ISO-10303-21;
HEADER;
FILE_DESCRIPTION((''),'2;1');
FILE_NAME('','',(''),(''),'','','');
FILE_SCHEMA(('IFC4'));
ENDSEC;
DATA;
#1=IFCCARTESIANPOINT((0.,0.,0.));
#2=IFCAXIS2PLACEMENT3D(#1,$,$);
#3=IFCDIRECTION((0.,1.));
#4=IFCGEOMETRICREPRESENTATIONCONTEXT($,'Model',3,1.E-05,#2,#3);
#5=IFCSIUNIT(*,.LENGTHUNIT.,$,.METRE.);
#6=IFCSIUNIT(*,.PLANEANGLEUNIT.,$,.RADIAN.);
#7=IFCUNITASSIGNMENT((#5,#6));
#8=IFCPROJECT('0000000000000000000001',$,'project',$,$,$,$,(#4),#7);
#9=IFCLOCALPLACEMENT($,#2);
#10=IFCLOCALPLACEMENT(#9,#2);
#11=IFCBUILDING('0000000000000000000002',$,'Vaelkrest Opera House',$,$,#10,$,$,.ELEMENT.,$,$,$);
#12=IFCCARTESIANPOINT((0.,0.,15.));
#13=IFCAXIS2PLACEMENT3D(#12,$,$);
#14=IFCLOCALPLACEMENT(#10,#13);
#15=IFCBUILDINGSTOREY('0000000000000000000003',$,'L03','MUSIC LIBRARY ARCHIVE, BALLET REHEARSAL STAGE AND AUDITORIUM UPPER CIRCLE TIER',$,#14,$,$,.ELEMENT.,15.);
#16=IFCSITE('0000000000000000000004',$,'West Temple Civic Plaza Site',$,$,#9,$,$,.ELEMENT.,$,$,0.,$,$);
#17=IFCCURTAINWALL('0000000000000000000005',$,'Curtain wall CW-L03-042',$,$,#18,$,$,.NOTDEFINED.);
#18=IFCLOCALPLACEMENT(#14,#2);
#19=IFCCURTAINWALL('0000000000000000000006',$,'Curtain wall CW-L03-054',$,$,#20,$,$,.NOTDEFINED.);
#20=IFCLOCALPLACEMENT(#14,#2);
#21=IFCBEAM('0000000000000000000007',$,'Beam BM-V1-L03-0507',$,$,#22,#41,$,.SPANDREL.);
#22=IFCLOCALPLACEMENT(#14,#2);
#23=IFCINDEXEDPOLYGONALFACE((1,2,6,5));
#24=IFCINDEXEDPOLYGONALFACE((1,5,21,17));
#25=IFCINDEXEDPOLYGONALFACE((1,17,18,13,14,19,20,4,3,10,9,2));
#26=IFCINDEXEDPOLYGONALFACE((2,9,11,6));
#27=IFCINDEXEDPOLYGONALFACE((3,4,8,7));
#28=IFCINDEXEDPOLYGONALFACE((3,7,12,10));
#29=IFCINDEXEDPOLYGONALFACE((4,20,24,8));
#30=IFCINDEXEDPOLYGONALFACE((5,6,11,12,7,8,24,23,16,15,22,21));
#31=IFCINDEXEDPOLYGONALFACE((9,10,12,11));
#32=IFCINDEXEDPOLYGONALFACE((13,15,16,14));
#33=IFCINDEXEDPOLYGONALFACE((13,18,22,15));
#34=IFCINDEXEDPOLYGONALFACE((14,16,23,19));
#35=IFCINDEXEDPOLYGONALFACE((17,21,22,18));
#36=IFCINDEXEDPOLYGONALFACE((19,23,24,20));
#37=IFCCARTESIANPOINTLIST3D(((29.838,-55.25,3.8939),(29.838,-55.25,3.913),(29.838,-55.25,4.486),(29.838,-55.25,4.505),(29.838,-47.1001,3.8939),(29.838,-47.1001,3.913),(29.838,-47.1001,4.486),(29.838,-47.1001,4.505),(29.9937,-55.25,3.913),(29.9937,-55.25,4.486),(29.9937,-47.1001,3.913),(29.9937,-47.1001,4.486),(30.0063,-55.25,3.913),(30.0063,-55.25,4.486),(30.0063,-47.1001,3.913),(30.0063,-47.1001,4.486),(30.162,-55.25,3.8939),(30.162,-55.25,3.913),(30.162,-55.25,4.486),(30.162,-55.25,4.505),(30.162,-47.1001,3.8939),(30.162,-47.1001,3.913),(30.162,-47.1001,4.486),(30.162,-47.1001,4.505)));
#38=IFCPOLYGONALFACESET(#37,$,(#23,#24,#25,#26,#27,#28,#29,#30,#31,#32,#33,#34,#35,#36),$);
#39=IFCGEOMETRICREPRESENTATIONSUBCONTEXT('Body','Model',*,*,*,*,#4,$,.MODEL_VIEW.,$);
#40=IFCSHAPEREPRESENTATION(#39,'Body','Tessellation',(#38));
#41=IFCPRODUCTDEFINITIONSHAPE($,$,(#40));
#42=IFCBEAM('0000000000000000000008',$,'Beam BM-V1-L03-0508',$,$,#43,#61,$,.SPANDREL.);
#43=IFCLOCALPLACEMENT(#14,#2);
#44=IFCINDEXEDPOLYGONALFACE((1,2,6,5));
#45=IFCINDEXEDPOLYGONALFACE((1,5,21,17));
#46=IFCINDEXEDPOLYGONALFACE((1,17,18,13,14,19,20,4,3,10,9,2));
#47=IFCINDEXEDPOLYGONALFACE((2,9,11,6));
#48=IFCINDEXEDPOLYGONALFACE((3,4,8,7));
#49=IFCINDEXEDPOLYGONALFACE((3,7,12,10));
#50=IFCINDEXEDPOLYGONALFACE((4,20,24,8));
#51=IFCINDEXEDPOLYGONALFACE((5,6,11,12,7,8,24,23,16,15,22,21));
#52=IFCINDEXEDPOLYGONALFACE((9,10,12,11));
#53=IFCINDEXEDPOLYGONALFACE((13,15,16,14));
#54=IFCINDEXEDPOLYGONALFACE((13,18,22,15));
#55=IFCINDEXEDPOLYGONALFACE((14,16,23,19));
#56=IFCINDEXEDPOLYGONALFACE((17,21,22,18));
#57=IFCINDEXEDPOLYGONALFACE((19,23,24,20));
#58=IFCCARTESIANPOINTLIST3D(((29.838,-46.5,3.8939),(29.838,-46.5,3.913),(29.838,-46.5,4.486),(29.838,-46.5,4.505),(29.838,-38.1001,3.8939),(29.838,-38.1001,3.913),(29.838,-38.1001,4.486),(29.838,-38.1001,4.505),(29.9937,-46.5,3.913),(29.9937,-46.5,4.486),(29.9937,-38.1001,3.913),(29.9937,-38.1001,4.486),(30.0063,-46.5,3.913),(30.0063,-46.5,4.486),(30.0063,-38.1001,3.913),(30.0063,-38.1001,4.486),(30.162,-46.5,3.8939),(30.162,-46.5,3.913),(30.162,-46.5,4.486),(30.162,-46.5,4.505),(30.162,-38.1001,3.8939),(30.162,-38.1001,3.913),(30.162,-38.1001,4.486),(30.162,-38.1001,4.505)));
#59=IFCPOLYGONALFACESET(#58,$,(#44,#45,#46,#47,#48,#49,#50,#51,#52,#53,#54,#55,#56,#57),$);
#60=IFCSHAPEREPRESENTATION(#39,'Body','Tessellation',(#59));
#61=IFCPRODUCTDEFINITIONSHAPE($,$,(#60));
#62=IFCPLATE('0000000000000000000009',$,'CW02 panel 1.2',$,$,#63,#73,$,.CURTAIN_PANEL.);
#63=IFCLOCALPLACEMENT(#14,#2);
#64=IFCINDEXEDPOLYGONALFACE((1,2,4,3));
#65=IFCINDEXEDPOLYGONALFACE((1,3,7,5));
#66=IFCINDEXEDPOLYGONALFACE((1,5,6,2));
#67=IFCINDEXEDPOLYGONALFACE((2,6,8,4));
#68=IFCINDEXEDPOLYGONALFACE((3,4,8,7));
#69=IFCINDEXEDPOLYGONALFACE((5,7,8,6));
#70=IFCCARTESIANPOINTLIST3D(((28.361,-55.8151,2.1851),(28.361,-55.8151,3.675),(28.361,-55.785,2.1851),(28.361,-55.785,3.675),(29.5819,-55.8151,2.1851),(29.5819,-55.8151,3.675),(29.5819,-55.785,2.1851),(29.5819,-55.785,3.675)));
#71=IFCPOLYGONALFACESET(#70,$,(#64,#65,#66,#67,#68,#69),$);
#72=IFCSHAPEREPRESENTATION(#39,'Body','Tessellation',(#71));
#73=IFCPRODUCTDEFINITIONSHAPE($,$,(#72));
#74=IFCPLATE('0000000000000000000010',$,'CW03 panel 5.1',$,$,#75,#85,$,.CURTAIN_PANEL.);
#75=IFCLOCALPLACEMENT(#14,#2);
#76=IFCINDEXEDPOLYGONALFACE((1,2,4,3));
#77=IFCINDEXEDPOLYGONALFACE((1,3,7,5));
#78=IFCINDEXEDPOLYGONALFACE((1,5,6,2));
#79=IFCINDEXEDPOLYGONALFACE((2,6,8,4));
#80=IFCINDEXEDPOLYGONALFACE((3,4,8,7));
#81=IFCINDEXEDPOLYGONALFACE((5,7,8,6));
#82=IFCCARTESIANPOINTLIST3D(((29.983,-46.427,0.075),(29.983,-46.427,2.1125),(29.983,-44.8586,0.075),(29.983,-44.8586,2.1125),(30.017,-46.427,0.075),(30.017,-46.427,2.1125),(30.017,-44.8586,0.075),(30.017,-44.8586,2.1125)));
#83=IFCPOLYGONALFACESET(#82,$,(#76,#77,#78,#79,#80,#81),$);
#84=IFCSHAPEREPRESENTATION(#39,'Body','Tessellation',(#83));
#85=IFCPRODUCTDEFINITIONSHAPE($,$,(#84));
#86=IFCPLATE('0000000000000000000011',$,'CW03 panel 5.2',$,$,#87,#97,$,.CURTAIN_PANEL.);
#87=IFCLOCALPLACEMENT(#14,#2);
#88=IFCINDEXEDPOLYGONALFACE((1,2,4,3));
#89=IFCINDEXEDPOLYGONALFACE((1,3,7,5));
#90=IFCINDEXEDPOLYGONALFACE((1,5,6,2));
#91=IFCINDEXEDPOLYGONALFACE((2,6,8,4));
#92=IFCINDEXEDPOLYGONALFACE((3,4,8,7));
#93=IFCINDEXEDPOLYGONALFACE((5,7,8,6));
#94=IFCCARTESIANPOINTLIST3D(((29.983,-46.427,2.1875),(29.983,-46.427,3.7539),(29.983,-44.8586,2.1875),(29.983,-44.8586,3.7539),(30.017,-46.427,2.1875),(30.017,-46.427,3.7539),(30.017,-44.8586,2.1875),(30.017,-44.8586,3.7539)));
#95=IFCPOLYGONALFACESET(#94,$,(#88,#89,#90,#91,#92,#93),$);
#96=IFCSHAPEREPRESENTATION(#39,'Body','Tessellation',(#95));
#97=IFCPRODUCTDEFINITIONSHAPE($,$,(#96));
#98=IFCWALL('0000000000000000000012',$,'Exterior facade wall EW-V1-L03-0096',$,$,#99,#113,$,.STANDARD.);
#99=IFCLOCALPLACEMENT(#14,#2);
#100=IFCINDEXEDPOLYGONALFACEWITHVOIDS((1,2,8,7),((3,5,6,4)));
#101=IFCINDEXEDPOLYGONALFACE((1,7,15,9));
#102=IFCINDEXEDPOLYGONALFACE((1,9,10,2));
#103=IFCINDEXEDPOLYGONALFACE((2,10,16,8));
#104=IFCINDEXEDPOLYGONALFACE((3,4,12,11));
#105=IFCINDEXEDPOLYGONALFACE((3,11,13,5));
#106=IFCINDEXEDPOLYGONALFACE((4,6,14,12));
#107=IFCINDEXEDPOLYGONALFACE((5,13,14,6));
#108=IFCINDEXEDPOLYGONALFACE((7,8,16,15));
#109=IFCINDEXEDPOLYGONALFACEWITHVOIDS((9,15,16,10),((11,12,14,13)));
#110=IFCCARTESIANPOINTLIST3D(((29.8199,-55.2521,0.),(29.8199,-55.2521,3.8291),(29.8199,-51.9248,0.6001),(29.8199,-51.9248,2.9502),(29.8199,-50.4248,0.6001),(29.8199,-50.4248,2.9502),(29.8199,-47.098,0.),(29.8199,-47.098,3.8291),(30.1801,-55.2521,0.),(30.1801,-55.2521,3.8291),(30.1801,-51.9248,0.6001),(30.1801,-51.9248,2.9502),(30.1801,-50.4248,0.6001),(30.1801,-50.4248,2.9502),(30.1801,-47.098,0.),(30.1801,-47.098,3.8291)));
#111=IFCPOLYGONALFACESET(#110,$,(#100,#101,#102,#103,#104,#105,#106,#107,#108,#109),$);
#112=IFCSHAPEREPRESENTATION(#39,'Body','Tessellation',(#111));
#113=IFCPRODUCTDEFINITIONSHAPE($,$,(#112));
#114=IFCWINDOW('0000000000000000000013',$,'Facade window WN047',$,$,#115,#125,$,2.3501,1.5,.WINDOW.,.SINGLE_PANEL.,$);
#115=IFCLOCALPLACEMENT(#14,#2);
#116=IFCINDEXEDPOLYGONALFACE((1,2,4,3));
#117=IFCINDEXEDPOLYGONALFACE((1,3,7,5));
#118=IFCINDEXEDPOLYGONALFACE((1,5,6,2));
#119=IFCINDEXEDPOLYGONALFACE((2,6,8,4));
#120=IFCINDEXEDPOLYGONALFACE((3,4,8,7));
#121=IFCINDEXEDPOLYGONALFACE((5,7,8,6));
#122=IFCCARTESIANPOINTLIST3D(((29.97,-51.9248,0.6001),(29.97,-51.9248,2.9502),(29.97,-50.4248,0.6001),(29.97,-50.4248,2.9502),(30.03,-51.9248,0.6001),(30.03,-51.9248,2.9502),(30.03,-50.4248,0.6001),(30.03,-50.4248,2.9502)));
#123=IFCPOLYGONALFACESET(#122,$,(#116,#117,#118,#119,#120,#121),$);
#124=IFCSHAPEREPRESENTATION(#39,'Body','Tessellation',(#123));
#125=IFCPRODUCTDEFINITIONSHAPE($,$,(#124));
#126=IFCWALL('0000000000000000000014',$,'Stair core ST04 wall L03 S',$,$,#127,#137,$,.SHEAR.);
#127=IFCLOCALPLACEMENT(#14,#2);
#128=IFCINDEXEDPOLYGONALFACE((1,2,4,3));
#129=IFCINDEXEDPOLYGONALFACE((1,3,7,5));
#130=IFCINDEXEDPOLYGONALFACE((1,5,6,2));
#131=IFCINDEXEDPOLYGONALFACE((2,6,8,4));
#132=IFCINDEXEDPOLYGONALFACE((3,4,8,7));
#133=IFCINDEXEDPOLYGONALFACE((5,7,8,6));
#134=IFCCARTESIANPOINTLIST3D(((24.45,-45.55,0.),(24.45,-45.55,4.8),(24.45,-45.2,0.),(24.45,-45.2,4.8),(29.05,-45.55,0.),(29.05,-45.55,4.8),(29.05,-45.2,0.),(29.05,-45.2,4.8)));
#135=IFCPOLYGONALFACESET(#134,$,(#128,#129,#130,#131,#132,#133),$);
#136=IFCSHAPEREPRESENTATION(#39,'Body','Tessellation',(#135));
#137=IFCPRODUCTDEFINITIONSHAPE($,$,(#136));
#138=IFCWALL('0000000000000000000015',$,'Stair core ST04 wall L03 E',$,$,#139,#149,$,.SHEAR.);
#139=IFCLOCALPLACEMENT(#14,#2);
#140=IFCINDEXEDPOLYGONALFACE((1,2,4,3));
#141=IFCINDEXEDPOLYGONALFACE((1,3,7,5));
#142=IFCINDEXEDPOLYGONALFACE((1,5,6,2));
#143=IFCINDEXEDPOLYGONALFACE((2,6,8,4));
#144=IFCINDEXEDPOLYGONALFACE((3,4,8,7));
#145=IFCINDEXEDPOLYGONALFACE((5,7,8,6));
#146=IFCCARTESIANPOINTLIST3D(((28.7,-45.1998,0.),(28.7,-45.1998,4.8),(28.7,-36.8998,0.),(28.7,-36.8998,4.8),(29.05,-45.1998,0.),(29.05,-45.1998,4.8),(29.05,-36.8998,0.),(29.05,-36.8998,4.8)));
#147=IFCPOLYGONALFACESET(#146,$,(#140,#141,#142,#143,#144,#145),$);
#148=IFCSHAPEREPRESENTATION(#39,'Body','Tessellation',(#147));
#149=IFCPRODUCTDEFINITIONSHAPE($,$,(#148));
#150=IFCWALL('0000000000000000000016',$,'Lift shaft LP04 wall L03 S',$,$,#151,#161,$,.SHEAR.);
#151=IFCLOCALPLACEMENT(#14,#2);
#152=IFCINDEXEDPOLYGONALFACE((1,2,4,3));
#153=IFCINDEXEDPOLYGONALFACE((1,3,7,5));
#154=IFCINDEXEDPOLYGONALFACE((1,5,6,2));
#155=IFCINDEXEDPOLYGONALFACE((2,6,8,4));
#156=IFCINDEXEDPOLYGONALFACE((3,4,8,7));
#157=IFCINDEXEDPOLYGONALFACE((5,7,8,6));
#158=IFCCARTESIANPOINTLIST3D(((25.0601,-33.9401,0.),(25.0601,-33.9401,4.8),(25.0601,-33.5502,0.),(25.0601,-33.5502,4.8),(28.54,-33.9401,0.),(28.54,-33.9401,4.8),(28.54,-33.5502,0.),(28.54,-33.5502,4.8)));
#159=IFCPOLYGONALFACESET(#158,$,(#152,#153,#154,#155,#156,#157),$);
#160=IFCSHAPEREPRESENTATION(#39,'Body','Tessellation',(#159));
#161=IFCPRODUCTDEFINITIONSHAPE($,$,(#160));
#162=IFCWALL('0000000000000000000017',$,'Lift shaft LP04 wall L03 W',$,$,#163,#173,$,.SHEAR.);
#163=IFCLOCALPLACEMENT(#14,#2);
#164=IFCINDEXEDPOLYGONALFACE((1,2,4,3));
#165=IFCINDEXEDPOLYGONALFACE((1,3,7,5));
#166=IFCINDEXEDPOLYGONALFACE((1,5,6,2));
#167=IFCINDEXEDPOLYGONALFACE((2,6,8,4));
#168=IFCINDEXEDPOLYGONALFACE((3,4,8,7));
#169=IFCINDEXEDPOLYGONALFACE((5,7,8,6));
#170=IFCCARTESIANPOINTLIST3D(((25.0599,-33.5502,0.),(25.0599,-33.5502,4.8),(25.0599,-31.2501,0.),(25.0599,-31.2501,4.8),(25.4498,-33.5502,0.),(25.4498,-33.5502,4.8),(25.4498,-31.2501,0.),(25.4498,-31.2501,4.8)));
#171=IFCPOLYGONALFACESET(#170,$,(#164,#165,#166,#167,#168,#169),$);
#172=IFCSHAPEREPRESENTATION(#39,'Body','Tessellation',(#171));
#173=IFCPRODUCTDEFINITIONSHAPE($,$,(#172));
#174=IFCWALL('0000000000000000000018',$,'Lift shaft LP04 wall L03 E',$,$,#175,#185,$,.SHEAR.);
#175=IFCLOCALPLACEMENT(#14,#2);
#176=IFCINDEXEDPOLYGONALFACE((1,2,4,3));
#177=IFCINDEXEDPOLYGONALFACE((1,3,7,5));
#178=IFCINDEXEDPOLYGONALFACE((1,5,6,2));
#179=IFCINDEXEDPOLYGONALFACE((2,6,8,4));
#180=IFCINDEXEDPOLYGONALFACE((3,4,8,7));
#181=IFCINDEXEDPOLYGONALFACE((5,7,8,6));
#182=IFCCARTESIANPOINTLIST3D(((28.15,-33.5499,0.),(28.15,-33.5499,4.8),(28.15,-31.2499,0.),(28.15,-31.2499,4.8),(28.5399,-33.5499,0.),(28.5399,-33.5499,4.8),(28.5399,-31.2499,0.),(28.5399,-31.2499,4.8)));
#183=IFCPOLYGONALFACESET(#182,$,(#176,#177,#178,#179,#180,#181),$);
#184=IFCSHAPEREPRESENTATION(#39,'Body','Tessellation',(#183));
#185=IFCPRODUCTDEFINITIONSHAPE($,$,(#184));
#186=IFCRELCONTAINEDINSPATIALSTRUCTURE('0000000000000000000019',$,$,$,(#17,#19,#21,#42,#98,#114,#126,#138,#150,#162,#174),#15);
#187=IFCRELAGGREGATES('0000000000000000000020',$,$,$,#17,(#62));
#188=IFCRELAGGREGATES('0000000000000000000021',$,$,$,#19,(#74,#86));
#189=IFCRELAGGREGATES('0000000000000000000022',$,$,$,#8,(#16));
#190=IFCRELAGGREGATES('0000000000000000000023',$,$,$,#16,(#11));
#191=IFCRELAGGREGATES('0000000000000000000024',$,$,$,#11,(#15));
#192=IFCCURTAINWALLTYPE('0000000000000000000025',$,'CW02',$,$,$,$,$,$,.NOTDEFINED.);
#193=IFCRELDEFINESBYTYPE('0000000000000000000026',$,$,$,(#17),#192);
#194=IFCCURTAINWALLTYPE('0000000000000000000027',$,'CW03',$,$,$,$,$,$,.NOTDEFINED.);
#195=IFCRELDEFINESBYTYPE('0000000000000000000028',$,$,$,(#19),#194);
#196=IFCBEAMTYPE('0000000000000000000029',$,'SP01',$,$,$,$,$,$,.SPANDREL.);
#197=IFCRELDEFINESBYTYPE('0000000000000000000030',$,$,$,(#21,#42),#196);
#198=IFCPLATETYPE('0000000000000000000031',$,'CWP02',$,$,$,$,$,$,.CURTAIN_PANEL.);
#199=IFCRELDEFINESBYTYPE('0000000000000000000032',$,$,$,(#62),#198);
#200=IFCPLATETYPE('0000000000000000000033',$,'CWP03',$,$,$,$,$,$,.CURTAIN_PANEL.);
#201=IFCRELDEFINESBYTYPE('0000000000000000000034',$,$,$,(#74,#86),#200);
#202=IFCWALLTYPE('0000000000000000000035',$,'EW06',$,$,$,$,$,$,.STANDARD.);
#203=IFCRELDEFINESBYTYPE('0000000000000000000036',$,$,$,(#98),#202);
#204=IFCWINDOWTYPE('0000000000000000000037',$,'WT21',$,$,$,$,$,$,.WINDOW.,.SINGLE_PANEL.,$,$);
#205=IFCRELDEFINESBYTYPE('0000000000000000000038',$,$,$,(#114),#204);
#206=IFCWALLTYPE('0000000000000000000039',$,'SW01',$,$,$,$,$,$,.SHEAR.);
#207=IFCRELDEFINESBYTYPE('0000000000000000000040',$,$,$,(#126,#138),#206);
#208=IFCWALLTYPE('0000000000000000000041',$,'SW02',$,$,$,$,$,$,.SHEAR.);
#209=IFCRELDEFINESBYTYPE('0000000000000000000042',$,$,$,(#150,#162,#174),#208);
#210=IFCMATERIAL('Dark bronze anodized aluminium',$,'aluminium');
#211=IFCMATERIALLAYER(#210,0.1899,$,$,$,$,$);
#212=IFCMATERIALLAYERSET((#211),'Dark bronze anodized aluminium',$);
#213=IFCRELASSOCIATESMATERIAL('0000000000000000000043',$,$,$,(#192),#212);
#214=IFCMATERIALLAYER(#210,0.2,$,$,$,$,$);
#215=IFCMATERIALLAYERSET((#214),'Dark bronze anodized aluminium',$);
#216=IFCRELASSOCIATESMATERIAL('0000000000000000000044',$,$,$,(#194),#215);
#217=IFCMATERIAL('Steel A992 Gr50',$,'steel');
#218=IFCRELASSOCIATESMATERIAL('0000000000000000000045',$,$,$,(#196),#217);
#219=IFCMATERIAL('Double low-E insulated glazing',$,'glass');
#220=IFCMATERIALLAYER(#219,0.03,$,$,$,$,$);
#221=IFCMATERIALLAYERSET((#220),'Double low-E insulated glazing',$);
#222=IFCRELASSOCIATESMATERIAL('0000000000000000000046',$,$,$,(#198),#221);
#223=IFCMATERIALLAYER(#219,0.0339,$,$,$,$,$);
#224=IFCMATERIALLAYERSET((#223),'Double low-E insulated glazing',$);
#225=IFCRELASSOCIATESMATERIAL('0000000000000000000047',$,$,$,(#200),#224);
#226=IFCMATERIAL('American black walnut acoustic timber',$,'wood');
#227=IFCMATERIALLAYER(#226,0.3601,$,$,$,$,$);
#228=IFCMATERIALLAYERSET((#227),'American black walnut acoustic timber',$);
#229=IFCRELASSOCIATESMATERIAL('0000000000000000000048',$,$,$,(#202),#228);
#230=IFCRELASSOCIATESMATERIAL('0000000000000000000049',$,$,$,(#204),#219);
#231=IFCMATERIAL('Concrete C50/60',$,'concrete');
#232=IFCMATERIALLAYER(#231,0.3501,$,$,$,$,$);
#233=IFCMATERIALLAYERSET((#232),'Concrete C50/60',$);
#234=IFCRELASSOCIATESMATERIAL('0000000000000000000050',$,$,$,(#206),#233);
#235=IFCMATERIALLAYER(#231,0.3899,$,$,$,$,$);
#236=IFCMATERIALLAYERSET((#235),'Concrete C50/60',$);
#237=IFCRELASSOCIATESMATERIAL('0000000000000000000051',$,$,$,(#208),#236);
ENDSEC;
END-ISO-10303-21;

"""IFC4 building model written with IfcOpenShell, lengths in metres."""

from ifc_helpers import new_model, si_unit, direction, frame, frame_2d, origin, origin_2d, place, context, subcontext, project, spatial, rectangle, i_section, extrude, material, layer, layer_set, material_profile, profile_set, type_object, element, fill, aggregate, save


model = new_model("IFC4")

# Units and contexts
model_context = context("Model", 3, precision=1e-05, world=origin(), true_north=direction((0.0, 1.0)))
body_context = subcontext(model_context, "Body", "Model", "MODEL_VIEW")
ifc_project = project(units=[si_unit("LENGTHUNIT", "METRE"), si_unit("PLANEANGLEUNIT", "RADIAN")], contexts=[model_context])

# Site, building, storey
site_placement = place(None, origin())
site = spatial("IfcSite", under=ifc_project, at=site_placement, Name="West Temple Civic Plaza Site", CompositionType="ELEMENT", RefElevation=0.0)
building_placement = place(site_placement, origin())
building = spatial("IfcBuilding", under=site, at=building_placement, Name="Vaelkrest Opera House", CompositionType="ELEMENT")
storey_placement = place(building_placement, frame((0.0, 0.0, 15.0)))
storey = spatial("IfcBuildingStorey", under=building, at=storey_placement, Name="L03", Description="MUSIC LIBRARY ARCHIVE, BALLET REHEARSAL STAGE AND AUDITORIUM UPPER CIRCLE TIER", CompositionType="ELEMENT", Elevation=15.0)

# Shared definitions
ifc_material_1 = material(Name="Concrete C50/60", Category="concrete")

# Curtain walls
ifc_material_2 = material(Name="Dark bronze anodized aluminium", Category="aluminium")
ifc_layer_1 = layer(ifc_material_2, 0.1899)
ifc_layer_set_1 = layer_set([ifc_layer_1], Name="Dark bronze anodized aluminium")
curtain_wall_type_1 = type_object("IfcCurtainWallType", Name="CW02", PredefinedType="NOTDEFINED", material=ifc_layer_set_1)
curtain_wall_1_placement = place(storey_placement, origin())
curtain_wall_1 = element("IfcCurtainWall", 1, at=curtain_wall_1_placement, inside=storey, type_object=curtain_wall_type_1, Name="Curtain wall CW-L03-042", PredefinedType="NOTDEFINED")
ifc_layer_2 = layer(ifc_material_2, 0.2)
ifc_layer_set_2 = layer_set([ifc_layer_2], Name="Dark bronze anodized aluminium")
curtain_wall_type_2 = type_object("IfcCurtainWallType", Name="CW03", PredefinedType="NOTDEFINED", material=ifc_layer_set_2)
curtain_wall_2_placement = place(storey_placement, origin())
curtain_wall_2 = element("IfcCurtainWall", 2, at=curtain_wall_2_placement, inside=storey, type_object=curtain_wall_type_2, Name="Curtain wall CW-L03-054", PredefinedType="NOTDEFINED")

# Beams
ifc_material_3 = material(Name="Steel A992 Gr50", Category="steel")
ifc_material_profile_1 = material_profile(ifc_material_3, i_section(OverallWidth=0.324, OverallDepth=0.6111, WebThickness=0.0127, FlangeThickness=0.019, at=origin_2d()), Name="W24X104")
ifc_profile_set_1 = profile_set([ifc_material_profile_1], Name="Steel A992 Gr50")
beam_type = type_object("IfcBeamType", Name="SP01", PredefinedType="SPANDREL", material=ifc_profile_set_1)
beam_1_placement = place(storey_placement, frame((30.0, -55.25, 4.1995), z_axis=(0.0, 1.0, 0.0), x_axis=(-1.0, 0.0, 0.0)))
element("IfcBeam", 3, at=beam_1_placement, inside=storey, type_object=beam_type, Name="Beam BM-V1-L03-0507", PredefinedType="SPANDREL", context=body_context, shape_type="SweptSolid", body=[
    extrude(i_section(OverallWidth=0.324, OverallDepth=0.6111, WebThickness=0.0127, FlangeThickness=0.019, at=origin_2d()), origin(), (0.0, 0.0, 1.0), 8.1499),
])
beam_2_placement = place(storey_placement, frame((30.0, -46.5, 4.1995), z_axis=(0.0, 1.0, 0.0), x_axis=(-1.0, 0.0, 0.0)))
element("IfcBeam", 4, at=beam_2_placement, inside=storey, type_object=beam_type, Name="Beam BM-V1-L03-0508", PredefinedType="SPANDREL", context=body_context, shape_type="SweptSolid", body=[
    extrude(i_section(OverallWidth=0.324, OverallDepth=0.6111, WebThickness=0.0127, FlangeThickness=0.019, at=origin_2d()), origin(), (0.0, 0.0, 1.0), 8.3999),
])

# Plates
ifc_material_4 = material(Name="Double low-E insulated glazing", Category="glass")
ifc_layer_3 = layer(ifc_material_4, 0.03)
ifc_layer_set_3 = layer_set([ifc_layer_3], Name="Double low-E insulated glazing")
plate_type_1 = type_object("IfcPlateType", Name="CWP02", PredefinedType="CURTAIN_PANEL", material=ifc_layer_set_3)
plate_1_placement = place(storey_placement, frame((28.9714, -55.8, 2.1851), z_axis=(0.0, 0.0, 1.0), x_axis=(-1.0, 0.0, 0.0)))
plate_1 = element("IfcPlate", 5, at=plate_1_placement, type_object=plate_type_1, Name="CW02 panel 1.2", PredefinedType="CURTAIN_PANEL", context=body_context, shape_type="SweptSolid", body=[
    extrude(rectangle(XDim=1.2209, YDim=0.03, at=origin_2d()), origin(), (0.0, 0.0, 1.0), 1.49),
])
aggregate(curtain_wall_1, [plate_1])
ifc_layer_4 = layer(ifc_material_4, 0.0339)
ifc_layer_set_4 = layer_set([ifc_layer_4], Name="Double low-E insulated glazing")
plate_type_2 = type_object("IfcPlateType", Name="CWP03", PredefinedType="CURTAIN_PANEL", material=ifc_layer_set_4)
plate_2_placement = place(storey_placement, frame((30.0, -45.6428, 0.075), z_axis=(0.0, 0.0, 1.0), x_axis=(0.0, -1.0, 0.0)))
plate_2 = element("IfcPlate", 6, at=plate_2_placement, type_object=plate_type_2, Name="CW03 panel 5.1", PredefinedType="CURTAIN_PANEL", context=body_context, shape_type="SweptSolid", body=[
    extrude(rectangle(XDim=1.5684, YDim=0.0339, at=origin_2d()), origin(), (0.0, 0.0, 1.0), 2.0376),
])
plate_3_placement = place(storey_placement, frame((30.0, -45.6428, 2.1875), z_axis=(0.0, 0.0, 1.0), x_axis=(0.0, -1.0, 0.0)))
plate_3 = element("IfcPlate", 7, at=plate_3_placement, type_object=plate_type_2, Name="CW03 panel 5.2", PredefinedType="CURTAIN_PANEL", context=body_context, shape_type="SweptSolid", body=[
    extrude(rectangle(XDim=1.5684, YDim=0.0339, at=origin_2d()), origin(), (0.0, 0.0, 1.0), 1.5664),
])
aggregate(curtain_wall_2, [plate_2, plate_3])

# Wall, opening, window
ifc_material_5 = material(Name="American black walnut acoustic timber", Category="wood")
ifc_layer_5 = layer(ifc_material_5, 0.3601)
ifc_layer_set_5 = layer_set([ifc_layer_5], Name="American black walnut acoustic timber")
wall_type_1 = type_object("IfcWallType", Name="EW06", PredefinedType="STANDARD", material=ifc_layer_set_5)
wall_1_placement = place(storey_placement, frame((30.0, -47.0979, 0.0), z_axis=(0.0, 0.0, 1.0), x_axis=(0.0, -1.0, 0.0)))
wall_1 = element("IfcWall", 8, at=wall_1_placement, inside=storey, type_object=wall_type_1, Name="Exterior facade wall EW-V1-L03-0096", PredefinedType="STANDARD", context=body_context, shape_type="SweptSolid", body=[
    extrude(rectangle(XDim=8.1541, YDim=0.3601, at=frame_2d((4.0771, 0.0))), origin(), (0.0, 0.0, 1.0), 3.8291),
])
opening_1_placement = place(wall_1_placement, frame((3.3269, 0.0, 0.6001)))
opening_1 = element("IfcOpeningElement", 9, at=opening_1_placement, cuts=wall_1, PredefinedType="OPENING", context=body_context, shape_type="SweptSolid", body=[
    extrude(rectangle(XDim=1.5, YDim=2.3501, at=frame_2d((0.75, 1.175))), frame((0.0, 0.1899, 0.0), z_axis=(0.0, -1.0, 0.0), x_axis=(1.0, 0.0, 0.0)), (0.0, 0.0, 1.0), 0.3801),
])
window_type = type_object("IfcWindowType", Name="WT21", PartitioningType="SINGLE_PANEL", PredefinedType="WINDOW", material=ifc_material_4)
window_placement = place(opening_1_placement, origin())
window = element("IfcWindow", 10, at=window_placement, inside=storey, type_object=window_type, Name="Facade window WN047", OverallHeight=2.3501, OverallWidth=1.5, PartitioningType="SINGLE_PANEL", PredefinedType="WINDOW", context=body_context, shape_type="SweptSolid", body=[
    extrude(rectangle(XDim=1.5, YDim=2.3501, at=frame_2d((0.75, 1.175))), frame((0.0, 0.03, 0.0), z_axis=(0.0, -1.0, 0.0), x_axis=(1.0, 0.0, 0.0)), (0.0, 0.0, 1.0), 0.0601),
])
fill(opening_1, window)

# Walls
ifc_layer_6 = layer(ifc_material_1, 0.3501)
ifc_layer_set_6 = layer_set([ifc_layer_6], Name="Concrete C50/60")
wall_type_2 = type_object("IfcWallType", Name="SW01", PredefinedType="SHEAR", material=ifc_layer_set_6)
wall_2_placement = place(storey_placement, frame((29.05, -45.375, 0.0), z_axis=(0.0, 0.0, 1.0), x_axis=(-1.0, 0.0, 0.0)))
element("IfcWall", 11, at=wall_2_placement, inside=storey, type_object=wall_type_2, Name="Stair core ST04 wall L03 S", PredefinedType="SHEAR", context=body_context, shape_type="SweptSolid", body=[
    extrude(rectangle(XDim=4.6001, YDim=0.3501, at=frame_2d((2.3, 0.0))), origin(), (0.0, 0.0, 1.0), 4.8),
])
wall_3_placement = place(storey_placement, frame((28.875, -36.8999, 0.0), z_axis=(0.0, 0.0, 1.0), x_axis=(0.0, -1.0, 0.0)))
element("IfcWall", 12, at=wall_3_placement, inside=storey, type_object=wall_type_2, Name="Stair core ST04 wall L03 E", PredefinedType="SHEAR", context=body_context, shape_type="SweptSolid", body=[
    extrude(rectangle(XDim=8.3, YDim=0.3501, at=frame_2d((4.1499, 0.0))), origin(), (0.0, 0.0, 1.0), 4.8),
])
ifc_layer_7 = layer(ifc_material_1, 0.3899)
ifc_layer_set_7 = layer_set([ifc_layer_7], Name="Concrete C50/60")
wall_type_3 = type_object("IfcWallType", Name="SW02", PredefinedType="SHEAR", material=ifc_layer_set_7)
wall_4_placement = place(storey_placement, frame((28.54, -33.7451, 0.0), z_axis=(0.0, 0.0, 1.0), x_axis=(-1.0, 0.0, 0.0)))
element("IfcWall", 13, at=wall_4_placement, inside=storey, type_object=wall_type_3, Name="Lift shaft LP04 wall L03 S", PredefinedType="SHEAR", context=body_context, shape_type="SweptSolid", body=[
    extrude(rectangle(XDim=3.48, YDim=0.3899, at=frame_2d((1.74, 0.0))), origin(), (0.0, 0.0, 1.0), 4.8),
])

# Walls
for number, where, z_axis, x_axis, name in (
    (14, (25.2549, -33.55, 0.0), (0.0, 0.0, 1.0), (0.0, 1.0, 0.0), "Lift shaft LP04 wall L03 W"),
    (15, (28.345, -31.25, 0.0), (0.0, 0.0, 1.0), (0.0, -1.0, 0.0), "Lift shaft LP04 wall L03 E"),
):
    element("IfcWall", number, at=place(storey_placement, frame(where, z_axis=z_axis, x_axis=x_axis)), inside=storey, type_object=wall_type_3, Name=name, PredefinedType="SHEAR", context=body_context, shape_type="SweptSolid", body=[
        extrude(rectangle(XDim=2.3, YDim=0.3899, at=frame_2d((1.1499, 0.0))), origin(), (0.0, 0.0, 1.0), 4.8),
    ])

save(model, "model.ifc")
